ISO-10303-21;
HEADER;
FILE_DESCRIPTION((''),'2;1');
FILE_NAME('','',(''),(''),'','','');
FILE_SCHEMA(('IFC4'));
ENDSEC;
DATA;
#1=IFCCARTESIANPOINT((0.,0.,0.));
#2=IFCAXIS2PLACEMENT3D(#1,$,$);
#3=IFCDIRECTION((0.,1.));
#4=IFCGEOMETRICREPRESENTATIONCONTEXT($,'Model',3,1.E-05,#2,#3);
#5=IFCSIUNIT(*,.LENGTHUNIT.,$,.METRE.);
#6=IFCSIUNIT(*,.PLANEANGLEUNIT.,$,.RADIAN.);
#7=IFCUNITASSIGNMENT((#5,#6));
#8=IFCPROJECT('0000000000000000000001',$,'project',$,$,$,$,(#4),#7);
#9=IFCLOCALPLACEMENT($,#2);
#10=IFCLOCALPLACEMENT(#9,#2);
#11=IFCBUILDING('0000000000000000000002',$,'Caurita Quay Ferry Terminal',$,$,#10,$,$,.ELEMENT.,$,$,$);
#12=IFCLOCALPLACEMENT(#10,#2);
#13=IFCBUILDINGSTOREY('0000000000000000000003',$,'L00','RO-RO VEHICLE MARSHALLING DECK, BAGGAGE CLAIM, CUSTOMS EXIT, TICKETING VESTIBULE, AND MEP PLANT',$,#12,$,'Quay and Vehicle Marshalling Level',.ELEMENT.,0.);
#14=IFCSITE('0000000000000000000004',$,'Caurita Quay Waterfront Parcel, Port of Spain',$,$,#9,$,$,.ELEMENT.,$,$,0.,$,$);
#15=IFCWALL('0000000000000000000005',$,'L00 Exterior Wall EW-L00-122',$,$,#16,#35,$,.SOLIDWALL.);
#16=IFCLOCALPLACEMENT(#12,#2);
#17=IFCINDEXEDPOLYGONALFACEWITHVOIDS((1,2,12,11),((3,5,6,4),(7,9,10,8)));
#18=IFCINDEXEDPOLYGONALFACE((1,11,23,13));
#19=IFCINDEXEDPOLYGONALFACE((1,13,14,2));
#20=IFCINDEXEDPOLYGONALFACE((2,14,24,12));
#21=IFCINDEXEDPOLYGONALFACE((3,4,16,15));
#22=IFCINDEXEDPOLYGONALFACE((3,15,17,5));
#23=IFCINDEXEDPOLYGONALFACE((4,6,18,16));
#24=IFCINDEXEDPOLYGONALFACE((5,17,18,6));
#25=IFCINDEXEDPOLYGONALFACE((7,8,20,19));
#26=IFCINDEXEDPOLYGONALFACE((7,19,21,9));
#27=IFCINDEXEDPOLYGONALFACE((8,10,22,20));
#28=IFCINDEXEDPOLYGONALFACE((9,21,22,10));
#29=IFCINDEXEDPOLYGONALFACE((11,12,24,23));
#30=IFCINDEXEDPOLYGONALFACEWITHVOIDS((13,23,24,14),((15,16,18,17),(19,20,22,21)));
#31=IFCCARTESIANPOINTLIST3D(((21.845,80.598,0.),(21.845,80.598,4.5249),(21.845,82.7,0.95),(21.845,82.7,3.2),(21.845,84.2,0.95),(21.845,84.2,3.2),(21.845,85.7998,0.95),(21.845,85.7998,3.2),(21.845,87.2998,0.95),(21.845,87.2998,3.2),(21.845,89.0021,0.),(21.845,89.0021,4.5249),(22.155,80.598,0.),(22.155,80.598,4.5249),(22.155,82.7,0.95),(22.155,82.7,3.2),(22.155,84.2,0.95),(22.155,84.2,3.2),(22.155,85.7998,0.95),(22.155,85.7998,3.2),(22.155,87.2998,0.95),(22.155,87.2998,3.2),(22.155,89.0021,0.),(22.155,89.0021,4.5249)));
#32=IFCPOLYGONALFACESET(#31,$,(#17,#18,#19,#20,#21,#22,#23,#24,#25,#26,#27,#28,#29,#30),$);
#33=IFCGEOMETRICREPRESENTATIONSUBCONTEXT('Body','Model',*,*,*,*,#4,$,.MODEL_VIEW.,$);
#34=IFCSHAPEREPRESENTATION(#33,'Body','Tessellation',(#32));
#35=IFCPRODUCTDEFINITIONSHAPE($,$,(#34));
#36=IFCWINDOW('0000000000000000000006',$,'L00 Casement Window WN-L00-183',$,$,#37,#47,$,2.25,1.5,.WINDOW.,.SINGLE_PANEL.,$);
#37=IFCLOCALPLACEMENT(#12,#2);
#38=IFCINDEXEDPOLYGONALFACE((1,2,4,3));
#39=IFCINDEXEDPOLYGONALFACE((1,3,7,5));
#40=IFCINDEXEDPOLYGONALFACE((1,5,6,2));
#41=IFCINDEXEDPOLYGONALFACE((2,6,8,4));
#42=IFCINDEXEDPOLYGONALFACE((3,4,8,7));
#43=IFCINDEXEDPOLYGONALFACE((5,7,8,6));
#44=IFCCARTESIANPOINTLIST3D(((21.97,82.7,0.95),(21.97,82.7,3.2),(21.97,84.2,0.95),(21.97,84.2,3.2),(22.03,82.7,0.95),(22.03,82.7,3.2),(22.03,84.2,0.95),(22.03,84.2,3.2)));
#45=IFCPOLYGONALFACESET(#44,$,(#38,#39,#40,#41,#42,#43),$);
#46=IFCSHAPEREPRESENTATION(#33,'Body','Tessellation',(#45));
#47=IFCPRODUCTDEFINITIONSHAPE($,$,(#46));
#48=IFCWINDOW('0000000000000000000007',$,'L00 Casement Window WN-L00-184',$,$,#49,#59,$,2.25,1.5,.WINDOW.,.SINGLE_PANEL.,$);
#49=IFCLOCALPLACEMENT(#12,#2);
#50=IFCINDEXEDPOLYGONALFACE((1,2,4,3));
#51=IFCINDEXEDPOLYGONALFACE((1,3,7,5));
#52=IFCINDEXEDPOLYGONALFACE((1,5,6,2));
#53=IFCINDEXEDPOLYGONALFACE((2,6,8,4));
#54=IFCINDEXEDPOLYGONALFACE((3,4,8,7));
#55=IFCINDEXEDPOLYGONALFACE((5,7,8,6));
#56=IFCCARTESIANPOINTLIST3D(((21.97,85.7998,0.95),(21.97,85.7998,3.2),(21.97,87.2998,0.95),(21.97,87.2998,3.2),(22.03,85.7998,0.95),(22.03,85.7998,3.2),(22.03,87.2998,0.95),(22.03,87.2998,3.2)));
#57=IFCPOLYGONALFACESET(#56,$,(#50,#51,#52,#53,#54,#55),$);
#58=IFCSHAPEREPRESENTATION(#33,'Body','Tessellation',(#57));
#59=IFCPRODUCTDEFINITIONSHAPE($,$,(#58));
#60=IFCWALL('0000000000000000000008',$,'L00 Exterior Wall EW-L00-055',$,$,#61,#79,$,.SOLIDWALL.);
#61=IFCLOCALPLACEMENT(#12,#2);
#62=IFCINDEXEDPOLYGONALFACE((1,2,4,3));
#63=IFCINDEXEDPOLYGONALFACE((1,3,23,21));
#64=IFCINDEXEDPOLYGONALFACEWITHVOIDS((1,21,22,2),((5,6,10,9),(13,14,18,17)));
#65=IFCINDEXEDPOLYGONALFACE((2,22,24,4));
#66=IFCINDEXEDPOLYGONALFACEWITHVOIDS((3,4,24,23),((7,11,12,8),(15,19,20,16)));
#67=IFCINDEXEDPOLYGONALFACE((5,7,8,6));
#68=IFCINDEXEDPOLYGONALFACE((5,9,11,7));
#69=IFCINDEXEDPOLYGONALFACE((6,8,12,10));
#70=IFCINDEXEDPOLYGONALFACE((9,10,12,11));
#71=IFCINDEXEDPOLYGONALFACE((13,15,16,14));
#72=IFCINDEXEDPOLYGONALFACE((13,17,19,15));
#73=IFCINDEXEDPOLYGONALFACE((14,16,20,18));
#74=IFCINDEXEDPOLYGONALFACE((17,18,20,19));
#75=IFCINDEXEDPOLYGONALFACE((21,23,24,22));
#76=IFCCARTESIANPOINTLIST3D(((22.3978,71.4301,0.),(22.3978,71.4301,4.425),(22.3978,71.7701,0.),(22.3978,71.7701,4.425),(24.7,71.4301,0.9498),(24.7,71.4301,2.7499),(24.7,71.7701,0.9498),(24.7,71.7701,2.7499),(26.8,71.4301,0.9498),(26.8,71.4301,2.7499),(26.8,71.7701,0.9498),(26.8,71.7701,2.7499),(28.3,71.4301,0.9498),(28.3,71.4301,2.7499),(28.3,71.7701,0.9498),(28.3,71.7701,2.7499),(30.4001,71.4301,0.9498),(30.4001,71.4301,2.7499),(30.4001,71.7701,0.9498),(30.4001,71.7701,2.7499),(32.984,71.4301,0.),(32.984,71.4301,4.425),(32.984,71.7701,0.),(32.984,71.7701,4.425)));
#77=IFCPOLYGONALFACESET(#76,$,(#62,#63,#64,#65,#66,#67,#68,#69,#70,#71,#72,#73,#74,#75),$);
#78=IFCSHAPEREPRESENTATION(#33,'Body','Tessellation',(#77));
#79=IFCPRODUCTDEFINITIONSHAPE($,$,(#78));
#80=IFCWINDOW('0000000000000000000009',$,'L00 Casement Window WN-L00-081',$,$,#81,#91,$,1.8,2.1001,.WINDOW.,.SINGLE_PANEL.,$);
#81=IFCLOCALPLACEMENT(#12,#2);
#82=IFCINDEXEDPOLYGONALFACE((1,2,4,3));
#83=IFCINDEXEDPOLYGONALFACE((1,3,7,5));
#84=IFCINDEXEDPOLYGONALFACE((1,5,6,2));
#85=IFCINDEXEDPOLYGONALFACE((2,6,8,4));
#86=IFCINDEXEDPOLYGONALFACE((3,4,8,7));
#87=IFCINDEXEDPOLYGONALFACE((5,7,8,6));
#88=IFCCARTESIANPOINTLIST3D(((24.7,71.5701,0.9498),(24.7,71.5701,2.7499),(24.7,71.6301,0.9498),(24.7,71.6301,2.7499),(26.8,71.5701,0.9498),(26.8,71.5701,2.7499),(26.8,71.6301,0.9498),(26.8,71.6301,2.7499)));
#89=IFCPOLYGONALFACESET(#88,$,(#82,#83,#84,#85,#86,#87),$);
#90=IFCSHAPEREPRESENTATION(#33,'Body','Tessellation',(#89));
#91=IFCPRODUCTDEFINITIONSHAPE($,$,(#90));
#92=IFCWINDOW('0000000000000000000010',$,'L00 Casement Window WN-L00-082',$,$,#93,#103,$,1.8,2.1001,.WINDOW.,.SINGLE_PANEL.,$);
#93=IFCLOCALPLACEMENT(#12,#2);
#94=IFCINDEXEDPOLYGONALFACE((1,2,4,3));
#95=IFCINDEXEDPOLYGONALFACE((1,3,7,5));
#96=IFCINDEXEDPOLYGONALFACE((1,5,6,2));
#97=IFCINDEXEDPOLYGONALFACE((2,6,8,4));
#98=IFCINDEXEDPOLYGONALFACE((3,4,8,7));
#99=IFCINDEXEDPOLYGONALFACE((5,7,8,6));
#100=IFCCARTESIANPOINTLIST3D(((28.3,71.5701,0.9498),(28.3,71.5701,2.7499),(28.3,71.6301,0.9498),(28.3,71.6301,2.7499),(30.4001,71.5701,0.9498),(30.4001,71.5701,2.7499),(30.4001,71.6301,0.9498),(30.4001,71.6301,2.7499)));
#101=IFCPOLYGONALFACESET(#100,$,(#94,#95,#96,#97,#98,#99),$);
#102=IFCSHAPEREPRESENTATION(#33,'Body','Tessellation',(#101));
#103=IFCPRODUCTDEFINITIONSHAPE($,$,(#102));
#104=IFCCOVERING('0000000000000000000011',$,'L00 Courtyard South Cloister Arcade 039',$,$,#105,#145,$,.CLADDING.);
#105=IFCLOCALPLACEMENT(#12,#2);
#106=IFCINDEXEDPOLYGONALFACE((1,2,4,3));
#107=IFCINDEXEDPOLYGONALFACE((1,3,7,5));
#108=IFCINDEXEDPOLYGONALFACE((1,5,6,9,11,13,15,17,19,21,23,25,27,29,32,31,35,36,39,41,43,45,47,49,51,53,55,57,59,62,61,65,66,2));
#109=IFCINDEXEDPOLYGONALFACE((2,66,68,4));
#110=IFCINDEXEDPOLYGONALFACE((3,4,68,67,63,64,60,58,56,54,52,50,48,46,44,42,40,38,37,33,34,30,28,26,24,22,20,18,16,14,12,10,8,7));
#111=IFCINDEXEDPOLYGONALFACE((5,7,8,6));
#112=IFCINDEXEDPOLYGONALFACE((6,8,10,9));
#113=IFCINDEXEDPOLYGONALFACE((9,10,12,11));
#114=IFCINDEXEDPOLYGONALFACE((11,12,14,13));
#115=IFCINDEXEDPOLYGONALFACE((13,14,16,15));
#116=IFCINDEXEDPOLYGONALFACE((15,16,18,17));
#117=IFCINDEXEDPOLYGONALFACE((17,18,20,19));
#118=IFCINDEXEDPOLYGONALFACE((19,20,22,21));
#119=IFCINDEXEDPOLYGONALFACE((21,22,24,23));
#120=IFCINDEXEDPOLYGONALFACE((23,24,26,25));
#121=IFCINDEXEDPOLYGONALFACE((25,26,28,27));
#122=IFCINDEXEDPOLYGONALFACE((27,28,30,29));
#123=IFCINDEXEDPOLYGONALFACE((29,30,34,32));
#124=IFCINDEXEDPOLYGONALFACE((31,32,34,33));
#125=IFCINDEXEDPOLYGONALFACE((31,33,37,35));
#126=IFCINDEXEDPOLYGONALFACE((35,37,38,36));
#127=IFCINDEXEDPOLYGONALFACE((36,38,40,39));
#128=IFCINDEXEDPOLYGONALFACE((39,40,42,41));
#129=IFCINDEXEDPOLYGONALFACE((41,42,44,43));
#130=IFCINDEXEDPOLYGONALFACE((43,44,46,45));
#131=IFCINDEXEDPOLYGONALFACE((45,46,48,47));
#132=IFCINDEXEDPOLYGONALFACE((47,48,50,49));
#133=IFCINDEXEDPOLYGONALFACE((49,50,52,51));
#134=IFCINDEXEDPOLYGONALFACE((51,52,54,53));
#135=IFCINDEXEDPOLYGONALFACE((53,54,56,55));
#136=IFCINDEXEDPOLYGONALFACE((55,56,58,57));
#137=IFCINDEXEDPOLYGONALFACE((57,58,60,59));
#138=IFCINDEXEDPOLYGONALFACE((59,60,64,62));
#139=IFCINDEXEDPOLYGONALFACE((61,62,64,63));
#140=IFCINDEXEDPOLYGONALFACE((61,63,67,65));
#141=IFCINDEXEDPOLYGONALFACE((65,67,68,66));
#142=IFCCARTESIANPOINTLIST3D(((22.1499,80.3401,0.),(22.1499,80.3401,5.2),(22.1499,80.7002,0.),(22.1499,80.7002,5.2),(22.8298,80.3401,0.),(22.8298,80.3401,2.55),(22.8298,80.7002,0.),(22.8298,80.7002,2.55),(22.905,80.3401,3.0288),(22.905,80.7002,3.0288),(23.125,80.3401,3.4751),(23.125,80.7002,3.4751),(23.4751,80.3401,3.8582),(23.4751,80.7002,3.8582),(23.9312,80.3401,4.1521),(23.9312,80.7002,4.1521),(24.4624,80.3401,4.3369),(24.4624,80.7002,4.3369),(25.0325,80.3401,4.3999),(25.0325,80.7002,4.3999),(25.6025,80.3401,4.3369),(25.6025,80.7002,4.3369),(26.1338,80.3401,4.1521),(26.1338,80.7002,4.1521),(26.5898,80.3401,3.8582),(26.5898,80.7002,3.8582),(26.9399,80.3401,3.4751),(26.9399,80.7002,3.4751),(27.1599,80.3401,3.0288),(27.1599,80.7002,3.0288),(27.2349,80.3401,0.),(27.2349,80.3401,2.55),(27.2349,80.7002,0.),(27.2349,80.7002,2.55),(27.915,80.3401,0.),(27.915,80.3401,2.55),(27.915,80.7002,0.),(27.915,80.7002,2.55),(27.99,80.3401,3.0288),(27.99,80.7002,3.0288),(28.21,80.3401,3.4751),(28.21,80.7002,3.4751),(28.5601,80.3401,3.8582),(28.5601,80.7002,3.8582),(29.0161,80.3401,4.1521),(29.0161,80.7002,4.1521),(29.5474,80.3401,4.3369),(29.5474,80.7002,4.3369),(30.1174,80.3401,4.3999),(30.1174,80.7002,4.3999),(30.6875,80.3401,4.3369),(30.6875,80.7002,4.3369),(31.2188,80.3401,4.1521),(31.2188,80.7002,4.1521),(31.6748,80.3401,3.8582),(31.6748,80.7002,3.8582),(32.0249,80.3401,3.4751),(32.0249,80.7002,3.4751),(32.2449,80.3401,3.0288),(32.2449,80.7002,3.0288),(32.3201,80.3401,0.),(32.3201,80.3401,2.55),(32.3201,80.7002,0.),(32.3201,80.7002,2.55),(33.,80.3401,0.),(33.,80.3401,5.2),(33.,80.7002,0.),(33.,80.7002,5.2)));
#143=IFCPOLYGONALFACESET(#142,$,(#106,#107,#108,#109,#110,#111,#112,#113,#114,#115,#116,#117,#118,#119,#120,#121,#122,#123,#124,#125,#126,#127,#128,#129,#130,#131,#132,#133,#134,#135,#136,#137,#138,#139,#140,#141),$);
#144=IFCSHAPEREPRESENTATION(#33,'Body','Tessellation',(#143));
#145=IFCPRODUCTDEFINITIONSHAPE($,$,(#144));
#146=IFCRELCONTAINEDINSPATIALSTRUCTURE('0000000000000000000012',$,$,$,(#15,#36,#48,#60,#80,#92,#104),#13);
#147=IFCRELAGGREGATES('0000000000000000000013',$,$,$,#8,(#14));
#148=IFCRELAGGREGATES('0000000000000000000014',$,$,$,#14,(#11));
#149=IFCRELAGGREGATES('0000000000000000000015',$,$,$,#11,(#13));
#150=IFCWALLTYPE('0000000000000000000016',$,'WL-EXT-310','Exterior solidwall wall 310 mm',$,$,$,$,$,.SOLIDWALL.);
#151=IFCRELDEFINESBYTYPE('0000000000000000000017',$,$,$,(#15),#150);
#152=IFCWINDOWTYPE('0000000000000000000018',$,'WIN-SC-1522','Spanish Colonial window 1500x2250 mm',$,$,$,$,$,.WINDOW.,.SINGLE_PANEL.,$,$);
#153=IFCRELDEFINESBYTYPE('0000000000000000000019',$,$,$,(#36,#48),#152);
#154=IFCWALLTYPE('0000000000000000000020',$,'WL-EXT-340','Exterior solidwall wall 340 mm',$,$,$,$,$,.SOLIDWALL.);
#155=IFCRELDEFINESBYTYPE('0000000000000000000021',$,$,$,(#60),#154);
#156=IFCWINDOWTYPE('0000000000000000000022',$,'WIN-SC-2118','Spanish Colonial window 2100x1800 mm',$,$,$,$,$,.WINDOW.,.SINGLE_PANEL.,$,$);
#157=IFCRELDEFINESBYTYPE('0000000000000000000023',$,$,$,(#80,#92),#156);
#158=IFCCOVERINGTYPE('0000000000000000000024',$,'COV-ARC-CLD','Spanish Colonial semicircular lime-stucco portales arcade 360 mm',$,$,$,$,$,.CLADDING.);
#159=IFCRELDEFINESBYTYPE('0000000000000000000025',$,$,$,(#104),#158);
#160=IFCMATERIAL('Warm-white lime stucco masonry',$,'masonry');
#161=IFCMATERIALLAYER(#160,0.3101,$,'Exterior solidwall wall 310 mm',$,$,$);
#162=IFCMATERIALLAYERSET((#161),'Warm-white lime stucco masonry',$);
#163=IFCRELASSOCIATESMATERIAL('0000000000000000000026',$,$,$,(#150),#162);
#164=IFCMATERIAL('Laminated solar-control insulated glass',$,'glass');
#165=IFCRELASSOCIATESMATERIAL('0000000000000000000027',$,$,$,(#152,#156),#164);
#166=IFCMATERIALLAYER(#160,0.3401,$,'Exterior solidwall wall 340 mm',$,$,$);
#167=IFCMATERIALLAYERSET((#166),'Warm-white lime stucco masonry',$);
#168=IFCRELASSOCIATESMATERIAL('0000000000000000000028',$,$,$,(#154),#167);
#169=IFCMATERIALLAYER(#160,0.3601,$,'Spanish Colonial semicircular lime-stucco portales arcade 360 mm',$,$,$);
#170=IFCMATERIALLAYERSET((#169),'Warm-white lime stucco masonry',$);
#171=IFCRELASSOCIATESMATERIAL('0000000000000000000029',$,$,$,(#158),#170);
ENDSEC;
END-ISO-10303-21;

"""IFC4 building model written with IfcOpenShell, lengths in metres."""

from ifc_helpers import new_model, si_unit, direction, frame, frame_2d, origin, place, context, subcontext, project, spatial, polyline, rectangle, outline, extrude, material, layer, layer_set, type_object, element, fill, save


model = new_model("IFC4")

# Units and contexts
model_context = context("Model", 3, precision=1e-05, world=origin(), true_north=direction((0.0, 1.0)))
body_context = subcontext(model_context, "Body", "Model", "MODEL_VIEW")
ifc_project = project(units=[si_unit("LENGTHUNIT", "METRE"), si_unit("PLANEANGLEUNIT", "RADIAN")], contexts=[model_context])

# Site, building, storey
site_placement = place(None, origin())
site = spatial("IfcSite", under=ifc_project, at=site_placement, Name="Caurita Quay Waterfront Parcel, Port of Spain", CompositionType="ELEMENT", RefElevation=0.0)
building_placement = place(site_placement, origin())
building = spatial("IfcBuilding", under=site, at=building_placement, Name="Caurita Quay Ferry Terminal", CompositionType="ELEMENT")
storey_placement = place(building_placement, origin())
storey = spatial("IfcBuildingStorey", under=building, at=storey_placement, Name="L00", Description="RO-RO VEHICLE MARSHALLING DECK, BAGGAGE CLAIM, CUSTOMS EXIT, TICKETING VESTIBULE, AND MEP PLANT", LongName="Quay and Vehicle Marshalling Level", CompositionType="ELEMENT", Elevation=0.0)

# Shared definitions
ifc_material_1 = material(Name="Warm-white lime stucco masonry", Category="masonry")

# Walls, openings, windows
ifc_layer_1 = layer(ifc_material_1, 0.3101, Name="Exterior solidwall wall 310 mm")
ifc_layer_set_1 = layer_set([ifc_layer_1], Name="Warm-white lime stucco masonry")
wall_type_1 = type_object("IfcWallType", Name="WL-EXT-310", Description="Exterior solidwall wall 310 mm", PredefinedType="SOLIDWALL", material=ifc_layer_set_1)
ifc_material_2 = material(Name="Laminated solar-control insulated glass", Category="glass")
wall_1_placement = place(storey_placement, frame((22.0, 80.5979, 0.0), z_axis=(0.0, 0.0, 1.0), x_axis=(0.0, 1.0, 0.0)))
wall_1 = element("IfcWall", 1, at=wall_1_placement, inside=storey, type_object=wall_type_1, Name="L00 Exterior Wall EW-L00-122", PredefinedType="SOLIDWALL", context=body_context, shape_type="SweptSolid", body=[
    extrude(rectangle(XDim=8.4041, YDim=0.3101, at=frame_2d((4.2021, 0.0))), origin(), (0.0, 0.0, 1.0), 4.5249),
])
opening_1_placement = place(wall_1_placement, frame((2.1021, 0.0, 0.95)))
opening_1 = element("IfcOpeningElement", 2, at=opening_1_placement, cuts=wall_1, PredefinedType="OPENING", context=body_context, shape_type="SweptSolid", body=[
    extrude(rectangle(XDim=1.5, YDim=2.25, at=frame_2d((0.75, 1.125))), frame((0.0, 0.165, 0.0), z_axis=(0.0, -1.0, 0.0), x_axis=(1.0, 0.0, 0.0)), (0.0, 0.0, 1.0), 0.3301),
])
opening_2_placement = place(wall_1_placement, frame((5.2019, 0.0, 0.95)))
opening_2 = element("IfcOpeningElement", 3, at=opening_2_placement, cuts=wall_1, PredefinedType="OPENING", context=body_context, shape_type="SweptSolid", body=[
    extrude(rectangle(XDim=1.5, YDim=2.25, at=frame_2d((0.75, 1.125))), frame((0.0, 0.165, 0.0), z_axis=(0.0, -1.0, 0.0), x_axis=(1.0, 0.0, 0.0)), (0.0, 0.0, 1.0), 0.3301),
])
window_type_1 = type_object("IfcWindowType", Name="WIN-SC-1522", Description="Spanish Colonial window 1500x2250 mm", PartitioningType="SINGLE_PANEL", PredefinedType="WINDOW", material=ifc_material_2)
window_1_placement = place(opening_1_placement, origin())
window_1 = element("IfcWindow", 4, at=window_1_placement, inside=storey, type_object=window_type_1, Name="L00 Casement Window WN-L00-183", OverallHeight=2.25, OverallWidth=1.5, PartitioningType="SINGLE_PANEL", PredefinedType="WINDOW", context=body_context, shape_type="SweptSolid", body=[
    extrude(rectangle(XDim=1.5, YDim=2.25, at=frame_2d((0.75, 1.125))), frame((0.0, 0.03, 0.0), z_axis=(0.0, -1.0, 0.0), x_axis=(1.0, 0.0, 0.0)), (0.0, 0.0, 1.0), 0.0601),
])
fill(opening_1, window_1)
window_2_placement = place(opening_2_placement, origin())
window_2 = element("IfcWindow", 5, at=window_2_placement, inside=storey, type_object=window_type_1, Name="L00 Casement Window WN-L00-184", OverallHeight=2.25, OverallWidth=1.5, PartitioningType="SINGLE_PANEL", PredefinedType="WINDOW", context=body_context, shape_type="SweptSolid", body=[
    extrude(rectangle(XDim=1.5, YDim=2.25, at=frame_2d((0.75, 1.125))), frame((0.0, 0.03, 0.0), z_axis=(0.0, -1.0, 0.0), x_axis=(1.0, 0.0, 0.0)), (0.0, 0.0, 1.0), 0.0601),
])
fill(opening_2, window_2)
ifc_layer_2 = layer(ifc_material_1, 0.3401, Name="Exterior solidwall wall 340 mm")
ifc_layer_set_2 = layer_set([ifc_layer_2], Name="Warm-white lime stucco masonry")
wall_type_2 = type_object("IfcWallType", Name="WL-EXT-340", Description="Exterior solidwall wall 340 mm", PredefinedType="SOLIDWALL", material=ifc_layer_set_2)
wall_2_placement = place(storey_placement, frame((22.3979, 71.6001, 0.0), z_axis=(0.0, 0.0, 1.0), x_axis=(1.0, 0.0, 0.0)))
wall_2 = element("IfcWall", 6, at=wall_2_placement, inside=storey, type_object=wall_type_2, Name="L00 Exterior Wall EW-L00-055", PredefinedType="SOLIDWALL", context=body_context, shape_type="SweptSolid", body=[
    extrude(rectangle(XDim=10.5862, YDim=0.3401, at=frame_2d((5.293, 0.0))), origin(), (0.0, 0.0, 1.0), 4.425),
])
opening_3_placement = place(wall_2_placement, frame((2.302, 0.0, 0.95)))
opening_3 = element("IfcOpeningElement", 7, at=opening_3_placement, cuts=wall_2, PredefinedType="OPENING", context=body_context, shape_type="SweptSolid", body=[
    extrude(rectangle(XDim=2.1001, YDim=1.8, at=frame_2d((1.05, 0.8999))), frame((0.0, 0.1799, 0.0), z_axis=(0.0, -1.0, 0.0), x_axis=(1.0, 0.0, 0.0)), (0.0, 0.0, 1.0), 0.3601),
])
opening_4_placement = place(wall_2_placement, frame((5.9021, 0.0, 0.95)))
opening_4 = element("IfcOpeningElement", 8, at=opening_4_placement, cuts=wall_2, PredefinedType="OPENING", context=body_context, shape_type="SweptSolid", body=[
    extrude(rectangle(XDim=2.1001, YDim=1.8, at=frame_2d((1.05, 0.8999))), frame((0.0, 0.1799, 0.0), z_axis=(0.0, -1.0, 0.0), x_axis=(1.0, 0.0, 0.0)), (0.0, 0.0, 1.0), 0.3601),
])
window_type_2 = type_object("IfcWindowType", Name="WIN-SC-2118", Description="Spanish Colonial window 2100x1800 mm", PartitioningType="SINGLE_PANEL", PredefinedType="WINDOW", material=ifc_material_2)
window_3_placement = place(opening_3_placement, origin())
window_3 = element("IfcWindow", 9, at=window_3_placement, inside=storey, type_object=window_type_2, Name="L00 Casement Window WN-L00-081", OverallHeight=1.8, OverallWidth=2.1001, PartitioningType="SINGLE_PANEL", PredefinedType="WINDOW", context=body_context, shape_type="SweptSolid", body=[
    extrude(rectangle(XDim=2.1001, YDim=1.8, at=frame_2d((1.05, 0.8999))), frame((0.0, 0.03, 0.0), z_axis=(0.0, -1.0, 0.0), x_axis=(1.0, 0.0, 0.0)), (0.0, 0.0, 1.0), 0.0601),
])
fill(opening_3, window_3)
window_4_placement = place(opening_4_placement, origin())
window_4 = element("IfcWindow", 10, at=window_4_placement, inside=storey, type_object=window_type_2, Name="L00 Casement Window WN-L00-082", OverallHeight=1.8, OverallWidth=2.1001, PartitioningType="SINGLE_PANEL", PredefinedType="WINDOW", context=body_context, shape_type="SweptSolid", body=[
    extrude(rectangle(XDim=2.1001, YDim=1.8, at=frame_2d((1.05, 0.8999))), frame((0.0, 0.03, 0.0), z_axis=(0.0, -1.0, 0.0), x_axis=(1.0, 0.0, 0.0)), (0.0, 0.0, 1.0), 0.0601),
])
fill(opening_4, window_4)

# Covering
ifc_layer_3 = layer(ifc_material_1, 0.3601, Name="Spanish Colonial semicircular lime-stucco portales arcade 360 mm")
ifc_layer_set_3 = layer_set([ifc_layer_3], Name="Warm-white lime stucco masonry")
covering_type = type_object("IfcCoveringType", Name="COV-ARC-CLD", Description="Spanish Colonial semicircular lime-stucco portales arcade 360 mm", PredefinedType="CLADDING", material=ifc_layer_set_3)
covering_1_placement = place(storey_placement, frame((22.1499, 80.52, 0.0), z_axis=(0.0, 0.0, 1.0), x_axis=(1.0, 0.0, 0.0)))
element("IfcCovering", 11, at=covering_1_placement, inside=storey, type_object=covering_type, Name="L00 Courtyard South Cloister Arcade 039", PredefinedType="CLADDING", context=body_context, shape_type="SweptSolid", body=[
    extrude(outline(polyline([(0.0, 0.0), (0.6799, 0.0), (0.6799, 2.55), (0.7551, 3.0288), (0.9751, 3.4751), (1.3252, 3.8582), (1.7812, 4.1521), (2.3125, 4.3369), (2.8826, 4.3999), (3.4526, 4.3369), (3.9839, 4.1521), (4.4399, 3.8582), (4.79, 3.4751), (5.01, 3.0288), (5.085, 2.55), (5.085, 0.0), (5.7651, 0.0), (5.7651, 2.55), (5.8401, 3.0288), (6.0601, 3.4751), (6.4102, 3.8582), (6.8662, 4.1521), (7.3975, 4.3369), (7.9675, 4.3999), (8.5376, 4.3369), (9.0688, 4.1521), (9.5249, 3.8582), (9.875, 3.4751), (10.095, 3.0288), (10.1702, 2.55), (10.1702, 0.0), (10.8501, 0.0), (10.8501, 5.2), (0.0, 5.2), (0.0, 0.0)])), frame((0.0, 0.1802, 0.0), z_axis=(0.0, -1.0, 0.0), x_axis=(1.0, 0.0, 0.0)), (0.0, 0.0, 1.0), 0.3601),
])

save(model, "model.ifc")
